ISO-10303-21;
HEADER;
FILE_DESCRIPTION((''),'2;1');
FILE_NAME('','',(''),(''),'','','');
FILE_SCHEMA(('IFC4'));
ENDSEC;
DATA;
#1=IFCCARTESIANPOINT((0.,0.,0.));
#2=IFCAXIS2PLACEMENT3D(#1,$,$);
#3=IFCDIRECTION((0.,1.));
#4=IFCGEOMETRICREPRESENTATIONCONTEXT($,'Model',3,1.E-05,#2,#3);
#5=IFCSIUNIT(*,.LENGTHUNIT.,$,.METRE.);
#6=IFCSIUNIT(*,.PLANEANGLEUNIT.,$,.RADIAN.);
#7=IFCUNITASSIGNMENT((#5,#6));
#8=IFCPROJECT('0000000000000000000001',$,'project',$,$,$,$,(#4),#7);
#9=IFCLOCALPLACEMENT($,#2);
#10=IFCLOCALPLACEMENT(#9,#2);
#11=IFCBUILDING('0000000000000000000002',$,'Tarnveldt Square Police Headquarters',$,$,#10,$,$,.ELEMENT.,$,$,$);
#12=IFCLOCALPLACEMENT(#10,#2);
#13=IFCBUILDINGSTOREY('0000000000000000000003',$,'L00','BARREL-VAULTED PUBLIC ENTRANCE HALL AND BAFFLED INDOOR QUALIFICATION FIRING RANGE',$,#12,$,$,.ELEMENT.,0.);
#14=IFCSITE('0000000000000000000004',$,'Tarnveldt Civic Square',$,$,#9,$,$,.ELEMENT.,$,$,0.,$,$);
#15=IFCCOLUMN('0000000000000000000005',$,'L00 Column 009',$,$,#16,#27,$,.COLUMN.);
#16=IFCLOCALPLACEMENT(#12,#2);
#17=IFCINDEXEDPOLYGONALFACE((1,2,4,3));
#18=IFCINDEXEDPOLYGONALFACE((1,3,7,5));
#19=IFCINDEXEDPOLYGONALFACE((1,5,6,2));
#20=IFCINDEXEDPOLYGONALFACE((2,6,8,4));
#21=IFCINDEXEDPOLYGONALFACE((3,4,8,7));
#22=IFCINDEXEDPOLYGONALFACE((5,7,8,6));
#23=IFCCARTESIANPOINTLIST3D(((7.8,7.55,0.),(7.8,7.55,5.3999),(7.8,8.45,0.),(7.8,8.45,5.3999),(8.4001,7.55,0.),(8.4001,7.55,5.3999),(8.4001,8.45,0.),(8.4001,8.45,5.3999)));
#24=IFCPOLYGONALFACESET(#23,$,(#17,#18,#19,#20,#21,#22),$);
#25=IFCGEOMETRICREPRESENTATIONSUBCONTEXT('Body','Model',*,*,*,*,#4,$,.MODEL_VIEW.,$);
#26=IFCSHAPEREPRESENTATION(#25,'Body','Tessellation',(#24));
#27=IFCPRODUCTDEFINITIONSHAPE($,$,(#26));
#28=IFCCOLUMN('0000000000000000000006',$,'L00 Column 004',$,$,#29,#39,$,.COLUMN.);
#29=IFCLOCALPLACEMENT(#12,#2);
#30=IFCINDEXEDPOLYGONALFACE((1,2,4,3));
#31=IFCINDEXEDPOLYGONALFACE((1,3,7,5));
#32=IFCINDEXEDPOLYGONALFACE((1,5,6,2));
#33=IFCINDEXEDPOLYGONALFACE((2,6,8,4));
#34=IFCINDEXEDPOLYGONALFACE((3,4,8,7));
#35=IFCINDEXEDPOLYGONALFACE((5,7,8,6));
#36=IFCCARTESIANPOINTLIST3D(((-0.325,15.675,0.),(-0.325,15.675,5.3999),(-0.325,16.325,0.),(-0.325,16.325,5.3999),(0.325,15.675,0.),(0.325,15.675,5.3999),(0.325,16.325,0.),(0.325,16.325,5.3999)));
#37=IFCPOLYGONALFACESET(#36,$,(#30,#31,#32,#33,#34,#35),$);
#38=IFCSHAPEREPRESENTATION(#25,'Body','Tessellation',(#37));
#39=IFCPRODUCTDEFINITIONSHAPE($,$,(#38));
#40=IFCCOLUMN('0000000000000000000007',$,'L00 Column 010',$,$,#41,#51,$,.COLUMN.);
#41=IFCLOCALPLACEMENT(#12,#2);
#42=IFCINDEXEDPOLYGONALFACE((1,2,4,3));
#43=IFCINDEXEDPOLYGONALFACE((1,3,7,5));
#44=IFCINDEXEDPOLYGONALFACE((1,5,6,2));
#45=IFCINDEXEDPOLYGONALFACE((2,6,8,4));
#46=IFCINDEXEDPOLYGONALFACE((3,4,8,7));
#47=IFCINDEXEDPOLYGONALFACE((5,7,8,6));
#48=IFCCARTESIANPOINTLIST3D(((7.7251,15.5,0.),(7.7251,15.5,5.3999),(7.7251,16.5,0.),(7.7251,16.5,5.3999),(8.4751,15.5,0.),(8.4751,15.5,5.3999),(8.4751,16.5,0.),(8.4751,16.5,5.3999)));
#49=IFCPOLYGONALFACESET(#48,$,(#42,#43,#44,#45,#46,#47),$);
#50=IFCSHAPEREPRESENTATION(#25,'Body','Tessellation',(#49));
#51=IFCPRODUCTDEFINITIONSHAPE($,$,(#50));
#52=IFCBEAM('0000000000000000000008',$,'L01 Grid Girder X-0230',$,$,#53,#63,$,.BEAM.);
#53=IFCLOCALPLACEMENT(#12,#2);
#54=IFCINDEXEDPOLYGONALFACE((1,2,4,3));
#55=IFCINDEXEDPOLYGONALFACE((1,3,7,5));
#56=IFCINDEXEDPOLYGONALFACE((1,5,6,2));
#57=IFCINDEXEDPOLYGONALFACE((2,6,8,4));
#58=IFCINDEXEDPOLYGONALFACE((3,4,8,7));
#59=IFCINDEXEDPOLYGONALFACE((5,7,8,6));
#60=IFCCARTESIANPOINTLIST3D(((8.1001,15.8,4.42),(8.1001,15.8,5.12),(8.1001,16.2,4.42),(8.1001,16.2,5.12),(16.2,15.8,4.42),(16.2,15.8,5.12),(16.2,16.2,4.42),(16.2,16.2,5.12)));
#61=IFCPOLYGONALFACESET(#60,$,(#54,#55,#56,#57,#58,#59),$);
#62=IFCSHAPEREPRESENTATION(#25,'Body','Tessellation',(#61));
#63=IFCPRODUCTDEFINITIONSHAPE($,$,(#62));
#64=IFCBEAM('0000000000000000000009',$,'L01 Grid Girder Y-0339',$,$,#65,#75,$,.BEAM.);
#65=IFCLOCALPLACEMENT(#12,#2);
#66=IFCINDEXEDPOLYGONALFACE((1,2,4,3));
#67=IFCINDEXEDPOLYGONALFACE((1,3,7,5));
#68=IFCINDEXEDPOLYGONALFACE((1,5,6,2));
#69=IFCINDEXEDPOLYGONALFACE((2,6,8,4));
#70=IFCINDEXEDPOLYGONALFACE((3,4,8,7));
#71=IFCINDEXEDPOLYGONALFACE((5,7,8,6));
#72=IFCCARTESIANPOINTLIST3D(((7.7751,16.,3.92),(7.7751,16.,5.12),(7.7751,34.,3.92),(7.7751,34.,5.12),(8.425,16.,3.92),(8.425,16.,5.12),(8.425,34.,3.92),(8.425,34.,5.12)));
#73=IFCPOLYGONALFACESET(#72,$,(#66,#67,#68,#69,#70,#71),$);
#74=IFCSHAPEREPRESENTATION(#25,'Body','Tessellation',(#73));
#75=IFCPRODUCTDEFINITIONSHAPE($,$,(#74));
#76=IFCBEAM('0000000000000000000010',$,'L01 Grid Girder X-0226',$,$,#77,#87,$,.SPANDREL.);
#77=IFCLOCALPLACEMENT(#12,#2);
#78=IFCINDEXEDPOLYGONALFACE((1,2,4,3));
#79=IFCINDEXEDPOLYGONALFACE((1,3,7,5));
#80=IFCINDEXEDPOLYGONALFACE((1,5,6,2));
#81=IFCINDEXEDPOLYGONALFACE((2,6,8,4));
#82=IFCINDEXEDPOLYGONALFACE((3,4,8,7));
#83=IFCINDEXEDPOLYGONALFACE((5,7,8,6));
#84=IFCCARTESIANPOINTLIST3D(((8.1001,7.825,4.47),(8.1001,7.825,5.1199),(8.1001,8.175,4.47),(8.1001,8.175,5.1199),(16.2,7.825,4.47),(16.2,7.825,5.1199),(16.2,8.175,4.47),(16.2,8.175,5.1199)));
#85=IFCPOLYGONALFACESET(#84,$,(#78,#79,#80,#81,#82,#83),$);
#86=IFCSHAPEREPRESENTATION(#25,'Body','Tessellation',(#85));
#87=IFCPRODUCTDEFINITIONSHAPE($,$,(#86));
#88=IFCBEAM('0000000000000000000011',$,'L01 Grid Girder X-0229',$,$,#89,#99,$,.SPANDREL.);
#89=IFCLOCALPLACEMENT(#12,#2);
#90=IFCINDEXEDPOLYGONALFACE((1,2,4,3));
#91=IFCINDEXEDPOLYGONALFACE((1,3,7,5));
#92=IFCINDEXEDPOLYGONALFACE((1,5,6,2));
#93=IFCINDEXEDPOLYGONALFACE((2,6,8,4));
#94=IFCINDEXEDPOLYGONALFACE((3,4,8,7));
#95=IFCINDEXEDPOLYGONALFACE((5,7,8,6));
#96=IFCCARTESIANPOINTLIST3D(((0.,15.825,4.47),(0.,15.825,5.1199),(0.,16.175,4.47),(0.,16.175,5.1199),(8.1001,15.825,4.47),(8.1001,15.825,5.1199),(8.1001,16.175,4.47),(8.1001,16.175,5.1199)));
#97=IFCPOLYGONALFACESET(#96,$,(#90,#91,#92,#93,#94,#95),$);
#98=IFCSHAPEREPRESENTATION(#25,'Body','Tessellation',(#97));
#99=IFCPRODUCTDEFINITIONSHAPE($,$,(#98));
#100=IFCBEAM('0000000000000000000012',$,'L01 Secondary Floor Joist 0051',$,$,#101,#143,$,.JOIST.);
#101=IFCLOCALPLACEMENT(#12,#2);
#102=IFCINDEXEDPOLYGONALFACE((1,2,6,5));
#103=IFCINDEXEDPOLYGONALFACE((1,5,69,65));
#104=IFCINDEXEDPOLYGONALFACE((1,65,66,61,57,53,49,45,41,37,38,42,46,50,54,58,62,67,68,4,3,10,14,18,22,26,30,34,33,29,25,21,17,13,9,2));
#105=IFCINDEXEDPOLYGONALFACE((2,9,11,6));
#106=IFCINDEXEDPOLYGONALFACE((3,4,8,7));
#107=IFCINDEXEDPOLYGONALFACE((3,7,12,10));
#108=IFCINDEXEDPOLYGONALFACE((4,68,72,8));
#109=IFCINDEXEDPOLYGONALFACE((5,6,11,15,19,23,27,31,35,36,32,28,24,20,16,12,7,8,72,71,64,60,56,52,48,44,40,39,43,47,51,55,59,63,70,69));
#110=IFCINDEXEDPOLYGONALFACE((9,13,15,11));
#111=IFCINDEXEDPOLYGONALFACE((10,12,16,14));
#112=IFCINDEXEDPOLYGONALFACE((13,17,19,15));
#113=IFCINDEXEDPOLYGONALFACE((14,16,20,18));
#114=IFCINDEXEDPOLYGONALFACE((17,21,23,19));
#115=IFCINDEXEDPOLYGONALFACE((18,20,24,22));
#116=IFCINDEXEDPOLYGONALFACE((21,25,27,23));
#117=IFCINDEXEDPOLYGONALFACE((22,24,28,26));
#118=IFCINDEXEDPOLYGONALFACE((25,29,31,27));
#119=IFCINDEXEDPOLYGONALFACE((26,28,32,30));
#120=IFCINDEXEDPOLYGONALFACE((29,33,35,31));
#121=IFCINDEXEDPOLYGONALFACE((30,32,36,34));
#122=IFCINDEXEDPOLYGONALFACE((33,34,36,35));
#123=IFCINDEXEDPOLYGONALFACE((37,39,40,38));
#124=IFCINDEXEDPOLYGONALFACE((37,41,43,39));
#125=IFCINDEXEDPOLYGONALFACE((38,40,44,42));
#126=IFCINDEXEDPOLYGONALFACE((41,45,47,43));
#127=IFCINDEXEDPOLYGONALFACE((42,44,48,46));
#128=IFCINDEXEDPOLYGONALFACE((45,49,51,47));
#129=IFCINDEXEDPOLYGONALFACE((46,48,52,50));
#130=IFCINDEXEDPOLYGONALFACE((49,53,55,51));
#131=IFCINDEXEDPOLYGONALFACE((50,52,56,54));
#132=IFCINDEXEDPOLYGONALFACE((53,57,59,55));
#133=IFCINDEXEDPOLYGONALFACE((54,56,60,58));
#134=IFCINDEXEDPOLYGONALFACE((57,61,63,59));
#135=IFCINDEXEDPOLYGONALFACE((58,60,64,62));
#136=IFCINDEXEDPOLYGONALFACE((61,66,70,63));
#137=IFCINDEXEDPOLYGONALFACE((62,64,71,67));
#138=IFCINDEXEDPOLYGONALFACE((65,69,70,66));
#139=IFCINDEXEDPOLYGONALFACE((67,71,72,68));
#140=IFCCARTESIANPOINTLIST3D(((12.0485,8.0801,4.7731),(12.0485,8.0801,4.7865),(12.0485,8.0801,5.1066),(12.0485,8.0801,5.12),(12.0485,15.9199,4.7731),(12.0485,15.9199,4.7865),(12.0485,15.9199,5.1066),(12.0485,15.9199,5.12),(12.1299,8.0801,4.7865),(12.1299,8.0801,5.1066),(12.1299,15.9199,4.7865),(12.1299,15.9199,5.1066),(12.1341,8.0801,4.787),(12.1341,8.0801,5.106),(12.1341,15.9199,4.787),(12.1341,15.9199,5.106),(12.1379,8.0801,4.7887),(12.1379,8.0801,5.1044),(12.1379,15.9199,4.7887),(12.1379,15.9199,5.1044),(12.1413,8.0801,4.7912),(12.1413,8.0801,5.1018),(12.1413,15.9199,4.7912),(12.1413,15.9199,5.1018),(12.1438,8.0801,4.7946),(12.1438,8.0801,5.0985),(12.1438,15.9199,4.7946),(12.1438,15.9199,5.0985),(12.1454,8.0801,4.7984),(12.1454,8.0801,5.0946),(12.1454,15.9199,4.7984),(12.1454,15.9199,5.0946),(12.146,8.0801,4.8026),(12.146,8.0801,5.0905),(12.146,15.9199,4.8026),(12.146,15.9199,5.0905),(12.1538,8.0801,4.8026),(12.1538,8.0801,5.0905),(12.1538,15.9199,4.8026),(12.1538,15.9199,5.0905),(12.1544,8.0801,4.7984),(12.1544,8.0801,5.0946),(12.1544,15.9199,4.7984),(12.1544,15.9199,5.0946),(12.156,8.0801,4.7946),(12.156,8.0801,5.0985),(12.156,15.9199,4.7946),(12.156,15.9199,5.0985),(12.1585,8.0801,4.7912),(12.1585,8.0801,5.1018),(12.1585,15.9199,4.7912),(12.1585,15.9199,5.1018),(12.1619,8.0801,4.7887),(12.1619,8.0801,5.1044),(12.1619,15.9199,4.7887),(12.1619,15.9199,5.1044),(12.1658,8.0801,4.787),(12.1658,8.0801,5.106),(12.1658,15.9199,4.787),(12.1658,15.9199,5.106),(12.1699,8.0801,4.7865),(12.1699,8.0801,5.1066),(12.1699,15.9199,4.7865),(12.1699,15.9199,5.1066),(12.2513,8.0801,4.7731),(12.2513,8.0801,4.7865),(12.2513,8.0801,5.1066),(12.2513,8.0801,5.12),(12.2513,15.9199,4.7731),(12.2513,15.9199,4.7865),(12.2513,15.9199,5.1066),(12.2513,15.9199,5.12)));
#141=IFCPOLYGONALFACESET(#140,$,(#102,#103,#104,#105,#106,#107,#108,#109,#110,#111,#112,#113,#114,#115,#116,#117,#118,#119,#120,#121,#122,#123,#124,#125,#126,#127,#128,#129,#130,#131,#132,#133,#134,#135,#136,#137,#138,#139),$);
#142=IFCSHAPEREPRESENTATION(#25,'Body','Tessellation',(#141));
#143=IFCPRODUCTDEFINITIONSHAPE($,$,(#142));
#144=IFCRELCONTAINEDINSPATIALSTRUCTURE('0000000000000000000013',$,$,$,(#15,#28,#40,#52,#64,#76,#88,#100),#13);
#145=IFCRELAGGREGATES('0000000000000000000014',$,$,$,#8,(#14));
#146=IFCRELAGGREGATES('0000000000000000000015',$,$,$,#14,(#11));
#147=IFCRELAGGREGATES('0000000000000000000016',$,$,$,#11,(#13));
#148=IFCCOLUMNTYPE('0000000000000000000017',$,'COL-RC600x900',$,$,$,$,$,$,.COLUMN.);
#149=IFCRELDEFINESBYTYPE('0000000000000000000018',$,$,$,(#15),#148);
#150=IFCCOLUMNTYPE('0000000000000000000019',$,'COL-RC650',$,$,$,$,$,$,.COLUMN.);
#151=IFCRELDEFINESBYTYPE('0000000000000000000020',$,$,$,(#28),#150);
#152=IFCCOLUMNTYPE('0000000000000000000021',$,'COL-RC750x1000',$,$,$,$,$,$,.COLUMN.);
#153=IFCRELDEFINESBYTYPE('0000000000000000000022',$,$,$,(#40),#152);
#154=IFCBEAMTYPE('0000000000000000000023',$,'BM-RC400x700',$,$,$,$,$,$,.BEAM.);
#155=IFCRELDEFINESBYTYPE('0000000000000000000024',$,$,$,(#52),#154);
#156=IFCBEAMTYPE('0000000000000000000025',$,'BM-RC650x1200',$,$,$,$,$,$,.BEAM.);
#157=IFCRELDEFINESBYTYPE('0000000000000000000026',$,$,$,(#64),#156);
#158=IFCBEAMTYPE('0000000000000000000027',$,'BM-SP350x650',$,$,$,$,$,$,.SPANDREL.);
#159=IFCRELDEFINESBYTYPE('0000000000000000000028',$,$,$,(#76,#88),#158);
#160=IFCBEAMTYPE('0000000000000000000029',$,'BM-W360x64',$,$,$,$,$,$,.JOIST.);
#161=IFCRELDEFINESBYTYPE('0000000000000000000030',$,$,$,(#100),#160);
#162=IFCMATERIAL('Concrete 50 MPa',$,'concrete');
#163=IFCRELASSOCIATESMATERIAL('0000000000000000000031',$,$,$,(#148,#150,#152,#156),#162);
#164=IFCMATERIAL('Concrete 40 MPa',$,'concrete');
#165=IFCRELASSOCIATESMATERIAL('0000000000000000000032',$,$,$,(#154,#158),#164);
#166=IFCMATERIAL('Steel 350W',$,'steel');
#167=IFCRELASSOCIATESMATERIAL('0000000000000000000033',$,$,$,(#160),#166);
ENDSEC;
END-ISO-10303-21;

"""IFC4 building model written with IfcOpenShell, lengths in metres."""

from ifc_helpers import new_model, si_unit, direction, frame, origin, origin_2d, place, context, subcontext, project, spatial, rectangle, i_section, extrude, material, material_profile, profile_set, type_object, element, save


model = new_model("IFC4")

# Units and contexts
model_context = context("Model", 3, precision=1e-05, world=origin(), true_north=direction((0.0, 1.0)))
body_context = subcontext(model_context, "Body", "Model", "MODEL_VIEW")
ifc_project = project(units=[si_unit("LENGTHUNIT", "METRE"), si_unit("PLANEANGLEUNIT", "RADIAN")], contexts=[model_context])

# Site, building, storey
site_placement = place(None, origin())
site = spatial("IfcSite", under=ifc_project, at=site_placement, Name="Tarnveldt Civic Square", CompositionType="ELEMENT", RefElevation=0.0)
building_placement = place(site_placement, origin())
building = spatial("IfcBuilding", under=site, at=building_placement, Name="Tarnveldt Square Police Headquarters", CompositionType="ELEMENT")
storey_placement = place(building_placement, origin())
storey = spatial("IfcBuildingStorey", under=building, at=storey_placement, Name="L00", Description="BARREL-VAULTED PUBLIC ENTRANCE HALL AND BAFFLED INDOOR QUALIFICATION FIRING RANGE", CompositionType="ELEMENT", Elevation=0.0)

# Columns
ifc_material_1 = material(Name="Concrete 50 MPa", Category="concrete")
ifc_material_profile_1 = material_profile(ifc_material_1, rectangle(XDim=0.6001, YDim=0.8999, at=origin_2d()), Name="RC-C600x900")
ifc_profile_set_1 = profile_set([ifc_material_profile_1], Name="Concrete 50 MPa")
column_type_1 = type_object("IfcColumnType", Name="COL-RC600x900", PredefinedType="COLUMN", material=ifc_profile_set_1)
column_1_placement = place(storey_placement, frame((8.1001, 8.0, 0.0), z_axis=(0.0, 0.0, 1.0), x_axis=(1.0, 0.0, 0.0)))
element("IfcColumn", 1, at=column_1_placement, inside=storey, type_object=column_type_1, Name="L00 Column 009", PredefinedType="COLUMN", context=body_context, shape_type="SweptSolid", body=[
    extrude(rectangle(XDim=0.6001, YDim=0.8999, at=origin_2d()), origin(), (0.0, 0.0, 1.0), 5.3999),
])
ifc_material_profile_2 = material_profile(ifc_material_1, rectangle(XDim=0.6499, YDim=0.6499, at=origin_2d()), Name="RC-C650x650")
ifc_profile_set_2 = profile_set([ifc_material_profile_2], Name="Concrete 50 MPa")
column_type_2 = type_object("IfcColumnType", Name="COL-RC650", PredefinedType="COLUMN", material=ifc_profile_set_2)
column_2_placement = place(storey_placement, frame((0.0, 16.0, 0.0), z_axis=(0.0, 0.0, 1.0), x_axis=(1.0, 0.0, 0.0)))
element("IfcColumn", 2, at=column_2_placement, inside=storey, type_object=column_type_2, Name="L00 Column 004", PredefinedType="COLUMN", context=body_context, shape_type="SweptSolid", body=[
    extrude(rectangle(XDim=0.6499, YDim=0.6499, at=origin_2d()), origin(), (0.0, 0.0, 1.0), 5.3999),
])
ifc_material_profile_3 = material_profile(ifc_material_1, rectangle(XDim=0.75, YDim=1.0, at=origin_2d()), Name="RC-C750x1000")
ifc_profile_set_3 = profile_set([ifc_material_profile_3], Name="Concrete 50 MPa")
column_type_3 = type_object("IfcColumnType", Name="COL-RC750x1000", PredefinedType="COLUMN", material=ifc_profile_set_3)
column_3_placement = place(storey_placement, frame((8.1001, 16.0, 0.0), z_axis=(0.0, 0.0, 1.0), x_axis=(1.0, 0.0, 0.0)))
element("IfcColumn", 3, at=column_3_placement, inside=storey, type_object=column_type_3, Name="L00 Column 010", PredefinedType="COLUMN", context=body_context, shape_type="SweptSolid", body=[
    extrude(rectangle(XDim=0.75, YDim=1.0, at=origin_2d()), origin(), (0.0, 0.0, 1.0), 5.3999),
])

# Beams
ifc_material_2 = material(Name="Concrete 40 MPa", Category="concrete")
ifc_material_profile_4 = material_profile(ifc_material_2, rectangle(XDim=0.3999, YDim=0.7, at=origin_2d()), Name="RC-B400x700")
ifc_profile_set_4 = profile_set([ifc_material_profile_4], Name="Concrete 40 MPa")
beam_type_1 = type_object("IfcBeamType", Name="BM-RC400x700", PredefinedType="BEAM", material=ifc_profile_set_4)
beam_1_placement = place(storey_placement, frame((8.1001, 16.0, 4.77), z_axis=(1.0, 0.0, 0.0), x_axis=(0.0, 1.0, 0.0)))
element("IfcBeam", 4, at=beam_1_placement, inside=storey, type_object=beam_type_1, Name="L01 Grid Girder X-0230", PredefinedType="BEAM", context=body_context, shape_type="SweptSolid", body=[
    extrude(rectangle(XDim=0.3999, YDim=0.7, at=origin_2d()), origin(), (0.0, 0.0, 1.0), 8.0999),
])
ifc_material_profile_5 = material_profile(ifc_material_1, rectangle(XDim=0.6499, YDim=1.2, at=origin_2d()), Name="RC-B650x1200")
ifc_profile_set_5 = profile_set([ifc_material_profile_5], Name="Concrete 50 MPa")
beam_type_2 = type_object("IfcBeamType", Name="BM-RC650x1200", PredefinedType="BEAM", material=ifc_profile_set_5)
beam_2_placement = place(storey_placement, frame((8.1001, 16.0, 4.52), z_axis=(0.0, 1.0, 0.0), x_axis=(-1.0, 0.0, 0.0)))
element("IfcBeam", 5, at=beam_2_placement, inside=storey, type_object=beam_type_2, Name="L01 Grid Girder Y-0339", PredefinedType="BEAM", context=body_context, shape_type="SweptSolid", body=[
    extrude(rectangle(XDim=0.6499, YDim=1.2, at=origin_2d()), origin(), (0.0, 0.0, 1.0), 18.0),
])
ifc_material_profile_6 = material_profile(ifc_material_2, rectangle(XDim=0.3501, YDim=0.6499, at=origin_2d()), Name="RC-SP350x650")
ifc_profile_set_6 = profile_set([ifc_material_profile_6], Name="Concrete 40 MPa")
beam_type_3 = type_object("IfcBeamType", Name="BM-SP350x650", PredefinedType="SPANDREL", material=ifc_profile_set_6)
beam_3_placement = place(storey_placement, frame((8.1001, 8.0, 4.7949), z_axis=(1.0, 0.0, 0.0), x_axis=(0.0, 1.0, 0.0)))
element("IfcBeam", 6, at=beam_3_placement, inside=storey, type_object=beam_type_3, Name="L01 Grid Girder X-0226", PredefinedType="SPANDREL", context=body_context, shape_type="SweptSolid", body=[
    extrude(rectangle(XDim=0.3501, YDim=0.6499, at=origin_2d()), origin(), (0.0, 0.0, 1.0), 8.0999),
])
beam_4_placement = place(storey_placement, frame((0.0, 16.0, 4.7949), z_axis=(1.0, 0.0, 0.0), x_axis=(0.0, 1.0, 0.0)))
element("IfcBeam", 7, at=beam_4_placement, inside=storey, type_object=beam_type_3, Name="L01 Grid Girder X-0229", PredefinedType="SPANDREL", context=body_context, shape_type="SweptSolid", body=[
    extrude(rectangle(XDim=0.3501, YDim=0.6499, at=origin_2d()), origin(), (0.0, 0.0, 1.0), 8.1001),
])
ifc_material_3 = material(Name="Steel 350W", Category="steel")
ifc_material_profile_7 = material_profile(ifc_material_3, i_section(OverallWidth=0.2029, OverallDepth=0.3469, WebThickness=0.0078, FlangeThickness=0.0134, FilletRadius=0.0161, at=origin_2d()), Name="W360x64")
ifc_profile_set_7 = profile_set([ifc_material_profile_7], Name="Steel 350W")
beam_type_4 = type_object("IfcBeamType", Name="BM-W360x64", PredefinedType="JOIST", material=ifc_profile_set_7)
beam_5_placement = place(storey_placement, frame((12.1499, 8.0801, 4.9465), z_axis=(0.0, 1.0, 0.0), x_axis=(-1.0, 0.0, 0.0)))
element("IfcBeam", 8, at=beam_5_placement, inside=storey, type_object=beam_type_4, Name="L01 Secondary Floor Joist 0051", PredefinedType="JOIST", context=body_context, shape_type="SweptSolid", body=[
    extrude(i_section(OverallWidth=0.2029, OverallDepth=0.3469, WebThickness=0.0078, FlangeThickness=0.0134, FilletRadius=0.0161, at=origin_2d()), origin(), (0.0, 0.0, 1.0), 7.8398),
])

save(model, "model.ifc")
